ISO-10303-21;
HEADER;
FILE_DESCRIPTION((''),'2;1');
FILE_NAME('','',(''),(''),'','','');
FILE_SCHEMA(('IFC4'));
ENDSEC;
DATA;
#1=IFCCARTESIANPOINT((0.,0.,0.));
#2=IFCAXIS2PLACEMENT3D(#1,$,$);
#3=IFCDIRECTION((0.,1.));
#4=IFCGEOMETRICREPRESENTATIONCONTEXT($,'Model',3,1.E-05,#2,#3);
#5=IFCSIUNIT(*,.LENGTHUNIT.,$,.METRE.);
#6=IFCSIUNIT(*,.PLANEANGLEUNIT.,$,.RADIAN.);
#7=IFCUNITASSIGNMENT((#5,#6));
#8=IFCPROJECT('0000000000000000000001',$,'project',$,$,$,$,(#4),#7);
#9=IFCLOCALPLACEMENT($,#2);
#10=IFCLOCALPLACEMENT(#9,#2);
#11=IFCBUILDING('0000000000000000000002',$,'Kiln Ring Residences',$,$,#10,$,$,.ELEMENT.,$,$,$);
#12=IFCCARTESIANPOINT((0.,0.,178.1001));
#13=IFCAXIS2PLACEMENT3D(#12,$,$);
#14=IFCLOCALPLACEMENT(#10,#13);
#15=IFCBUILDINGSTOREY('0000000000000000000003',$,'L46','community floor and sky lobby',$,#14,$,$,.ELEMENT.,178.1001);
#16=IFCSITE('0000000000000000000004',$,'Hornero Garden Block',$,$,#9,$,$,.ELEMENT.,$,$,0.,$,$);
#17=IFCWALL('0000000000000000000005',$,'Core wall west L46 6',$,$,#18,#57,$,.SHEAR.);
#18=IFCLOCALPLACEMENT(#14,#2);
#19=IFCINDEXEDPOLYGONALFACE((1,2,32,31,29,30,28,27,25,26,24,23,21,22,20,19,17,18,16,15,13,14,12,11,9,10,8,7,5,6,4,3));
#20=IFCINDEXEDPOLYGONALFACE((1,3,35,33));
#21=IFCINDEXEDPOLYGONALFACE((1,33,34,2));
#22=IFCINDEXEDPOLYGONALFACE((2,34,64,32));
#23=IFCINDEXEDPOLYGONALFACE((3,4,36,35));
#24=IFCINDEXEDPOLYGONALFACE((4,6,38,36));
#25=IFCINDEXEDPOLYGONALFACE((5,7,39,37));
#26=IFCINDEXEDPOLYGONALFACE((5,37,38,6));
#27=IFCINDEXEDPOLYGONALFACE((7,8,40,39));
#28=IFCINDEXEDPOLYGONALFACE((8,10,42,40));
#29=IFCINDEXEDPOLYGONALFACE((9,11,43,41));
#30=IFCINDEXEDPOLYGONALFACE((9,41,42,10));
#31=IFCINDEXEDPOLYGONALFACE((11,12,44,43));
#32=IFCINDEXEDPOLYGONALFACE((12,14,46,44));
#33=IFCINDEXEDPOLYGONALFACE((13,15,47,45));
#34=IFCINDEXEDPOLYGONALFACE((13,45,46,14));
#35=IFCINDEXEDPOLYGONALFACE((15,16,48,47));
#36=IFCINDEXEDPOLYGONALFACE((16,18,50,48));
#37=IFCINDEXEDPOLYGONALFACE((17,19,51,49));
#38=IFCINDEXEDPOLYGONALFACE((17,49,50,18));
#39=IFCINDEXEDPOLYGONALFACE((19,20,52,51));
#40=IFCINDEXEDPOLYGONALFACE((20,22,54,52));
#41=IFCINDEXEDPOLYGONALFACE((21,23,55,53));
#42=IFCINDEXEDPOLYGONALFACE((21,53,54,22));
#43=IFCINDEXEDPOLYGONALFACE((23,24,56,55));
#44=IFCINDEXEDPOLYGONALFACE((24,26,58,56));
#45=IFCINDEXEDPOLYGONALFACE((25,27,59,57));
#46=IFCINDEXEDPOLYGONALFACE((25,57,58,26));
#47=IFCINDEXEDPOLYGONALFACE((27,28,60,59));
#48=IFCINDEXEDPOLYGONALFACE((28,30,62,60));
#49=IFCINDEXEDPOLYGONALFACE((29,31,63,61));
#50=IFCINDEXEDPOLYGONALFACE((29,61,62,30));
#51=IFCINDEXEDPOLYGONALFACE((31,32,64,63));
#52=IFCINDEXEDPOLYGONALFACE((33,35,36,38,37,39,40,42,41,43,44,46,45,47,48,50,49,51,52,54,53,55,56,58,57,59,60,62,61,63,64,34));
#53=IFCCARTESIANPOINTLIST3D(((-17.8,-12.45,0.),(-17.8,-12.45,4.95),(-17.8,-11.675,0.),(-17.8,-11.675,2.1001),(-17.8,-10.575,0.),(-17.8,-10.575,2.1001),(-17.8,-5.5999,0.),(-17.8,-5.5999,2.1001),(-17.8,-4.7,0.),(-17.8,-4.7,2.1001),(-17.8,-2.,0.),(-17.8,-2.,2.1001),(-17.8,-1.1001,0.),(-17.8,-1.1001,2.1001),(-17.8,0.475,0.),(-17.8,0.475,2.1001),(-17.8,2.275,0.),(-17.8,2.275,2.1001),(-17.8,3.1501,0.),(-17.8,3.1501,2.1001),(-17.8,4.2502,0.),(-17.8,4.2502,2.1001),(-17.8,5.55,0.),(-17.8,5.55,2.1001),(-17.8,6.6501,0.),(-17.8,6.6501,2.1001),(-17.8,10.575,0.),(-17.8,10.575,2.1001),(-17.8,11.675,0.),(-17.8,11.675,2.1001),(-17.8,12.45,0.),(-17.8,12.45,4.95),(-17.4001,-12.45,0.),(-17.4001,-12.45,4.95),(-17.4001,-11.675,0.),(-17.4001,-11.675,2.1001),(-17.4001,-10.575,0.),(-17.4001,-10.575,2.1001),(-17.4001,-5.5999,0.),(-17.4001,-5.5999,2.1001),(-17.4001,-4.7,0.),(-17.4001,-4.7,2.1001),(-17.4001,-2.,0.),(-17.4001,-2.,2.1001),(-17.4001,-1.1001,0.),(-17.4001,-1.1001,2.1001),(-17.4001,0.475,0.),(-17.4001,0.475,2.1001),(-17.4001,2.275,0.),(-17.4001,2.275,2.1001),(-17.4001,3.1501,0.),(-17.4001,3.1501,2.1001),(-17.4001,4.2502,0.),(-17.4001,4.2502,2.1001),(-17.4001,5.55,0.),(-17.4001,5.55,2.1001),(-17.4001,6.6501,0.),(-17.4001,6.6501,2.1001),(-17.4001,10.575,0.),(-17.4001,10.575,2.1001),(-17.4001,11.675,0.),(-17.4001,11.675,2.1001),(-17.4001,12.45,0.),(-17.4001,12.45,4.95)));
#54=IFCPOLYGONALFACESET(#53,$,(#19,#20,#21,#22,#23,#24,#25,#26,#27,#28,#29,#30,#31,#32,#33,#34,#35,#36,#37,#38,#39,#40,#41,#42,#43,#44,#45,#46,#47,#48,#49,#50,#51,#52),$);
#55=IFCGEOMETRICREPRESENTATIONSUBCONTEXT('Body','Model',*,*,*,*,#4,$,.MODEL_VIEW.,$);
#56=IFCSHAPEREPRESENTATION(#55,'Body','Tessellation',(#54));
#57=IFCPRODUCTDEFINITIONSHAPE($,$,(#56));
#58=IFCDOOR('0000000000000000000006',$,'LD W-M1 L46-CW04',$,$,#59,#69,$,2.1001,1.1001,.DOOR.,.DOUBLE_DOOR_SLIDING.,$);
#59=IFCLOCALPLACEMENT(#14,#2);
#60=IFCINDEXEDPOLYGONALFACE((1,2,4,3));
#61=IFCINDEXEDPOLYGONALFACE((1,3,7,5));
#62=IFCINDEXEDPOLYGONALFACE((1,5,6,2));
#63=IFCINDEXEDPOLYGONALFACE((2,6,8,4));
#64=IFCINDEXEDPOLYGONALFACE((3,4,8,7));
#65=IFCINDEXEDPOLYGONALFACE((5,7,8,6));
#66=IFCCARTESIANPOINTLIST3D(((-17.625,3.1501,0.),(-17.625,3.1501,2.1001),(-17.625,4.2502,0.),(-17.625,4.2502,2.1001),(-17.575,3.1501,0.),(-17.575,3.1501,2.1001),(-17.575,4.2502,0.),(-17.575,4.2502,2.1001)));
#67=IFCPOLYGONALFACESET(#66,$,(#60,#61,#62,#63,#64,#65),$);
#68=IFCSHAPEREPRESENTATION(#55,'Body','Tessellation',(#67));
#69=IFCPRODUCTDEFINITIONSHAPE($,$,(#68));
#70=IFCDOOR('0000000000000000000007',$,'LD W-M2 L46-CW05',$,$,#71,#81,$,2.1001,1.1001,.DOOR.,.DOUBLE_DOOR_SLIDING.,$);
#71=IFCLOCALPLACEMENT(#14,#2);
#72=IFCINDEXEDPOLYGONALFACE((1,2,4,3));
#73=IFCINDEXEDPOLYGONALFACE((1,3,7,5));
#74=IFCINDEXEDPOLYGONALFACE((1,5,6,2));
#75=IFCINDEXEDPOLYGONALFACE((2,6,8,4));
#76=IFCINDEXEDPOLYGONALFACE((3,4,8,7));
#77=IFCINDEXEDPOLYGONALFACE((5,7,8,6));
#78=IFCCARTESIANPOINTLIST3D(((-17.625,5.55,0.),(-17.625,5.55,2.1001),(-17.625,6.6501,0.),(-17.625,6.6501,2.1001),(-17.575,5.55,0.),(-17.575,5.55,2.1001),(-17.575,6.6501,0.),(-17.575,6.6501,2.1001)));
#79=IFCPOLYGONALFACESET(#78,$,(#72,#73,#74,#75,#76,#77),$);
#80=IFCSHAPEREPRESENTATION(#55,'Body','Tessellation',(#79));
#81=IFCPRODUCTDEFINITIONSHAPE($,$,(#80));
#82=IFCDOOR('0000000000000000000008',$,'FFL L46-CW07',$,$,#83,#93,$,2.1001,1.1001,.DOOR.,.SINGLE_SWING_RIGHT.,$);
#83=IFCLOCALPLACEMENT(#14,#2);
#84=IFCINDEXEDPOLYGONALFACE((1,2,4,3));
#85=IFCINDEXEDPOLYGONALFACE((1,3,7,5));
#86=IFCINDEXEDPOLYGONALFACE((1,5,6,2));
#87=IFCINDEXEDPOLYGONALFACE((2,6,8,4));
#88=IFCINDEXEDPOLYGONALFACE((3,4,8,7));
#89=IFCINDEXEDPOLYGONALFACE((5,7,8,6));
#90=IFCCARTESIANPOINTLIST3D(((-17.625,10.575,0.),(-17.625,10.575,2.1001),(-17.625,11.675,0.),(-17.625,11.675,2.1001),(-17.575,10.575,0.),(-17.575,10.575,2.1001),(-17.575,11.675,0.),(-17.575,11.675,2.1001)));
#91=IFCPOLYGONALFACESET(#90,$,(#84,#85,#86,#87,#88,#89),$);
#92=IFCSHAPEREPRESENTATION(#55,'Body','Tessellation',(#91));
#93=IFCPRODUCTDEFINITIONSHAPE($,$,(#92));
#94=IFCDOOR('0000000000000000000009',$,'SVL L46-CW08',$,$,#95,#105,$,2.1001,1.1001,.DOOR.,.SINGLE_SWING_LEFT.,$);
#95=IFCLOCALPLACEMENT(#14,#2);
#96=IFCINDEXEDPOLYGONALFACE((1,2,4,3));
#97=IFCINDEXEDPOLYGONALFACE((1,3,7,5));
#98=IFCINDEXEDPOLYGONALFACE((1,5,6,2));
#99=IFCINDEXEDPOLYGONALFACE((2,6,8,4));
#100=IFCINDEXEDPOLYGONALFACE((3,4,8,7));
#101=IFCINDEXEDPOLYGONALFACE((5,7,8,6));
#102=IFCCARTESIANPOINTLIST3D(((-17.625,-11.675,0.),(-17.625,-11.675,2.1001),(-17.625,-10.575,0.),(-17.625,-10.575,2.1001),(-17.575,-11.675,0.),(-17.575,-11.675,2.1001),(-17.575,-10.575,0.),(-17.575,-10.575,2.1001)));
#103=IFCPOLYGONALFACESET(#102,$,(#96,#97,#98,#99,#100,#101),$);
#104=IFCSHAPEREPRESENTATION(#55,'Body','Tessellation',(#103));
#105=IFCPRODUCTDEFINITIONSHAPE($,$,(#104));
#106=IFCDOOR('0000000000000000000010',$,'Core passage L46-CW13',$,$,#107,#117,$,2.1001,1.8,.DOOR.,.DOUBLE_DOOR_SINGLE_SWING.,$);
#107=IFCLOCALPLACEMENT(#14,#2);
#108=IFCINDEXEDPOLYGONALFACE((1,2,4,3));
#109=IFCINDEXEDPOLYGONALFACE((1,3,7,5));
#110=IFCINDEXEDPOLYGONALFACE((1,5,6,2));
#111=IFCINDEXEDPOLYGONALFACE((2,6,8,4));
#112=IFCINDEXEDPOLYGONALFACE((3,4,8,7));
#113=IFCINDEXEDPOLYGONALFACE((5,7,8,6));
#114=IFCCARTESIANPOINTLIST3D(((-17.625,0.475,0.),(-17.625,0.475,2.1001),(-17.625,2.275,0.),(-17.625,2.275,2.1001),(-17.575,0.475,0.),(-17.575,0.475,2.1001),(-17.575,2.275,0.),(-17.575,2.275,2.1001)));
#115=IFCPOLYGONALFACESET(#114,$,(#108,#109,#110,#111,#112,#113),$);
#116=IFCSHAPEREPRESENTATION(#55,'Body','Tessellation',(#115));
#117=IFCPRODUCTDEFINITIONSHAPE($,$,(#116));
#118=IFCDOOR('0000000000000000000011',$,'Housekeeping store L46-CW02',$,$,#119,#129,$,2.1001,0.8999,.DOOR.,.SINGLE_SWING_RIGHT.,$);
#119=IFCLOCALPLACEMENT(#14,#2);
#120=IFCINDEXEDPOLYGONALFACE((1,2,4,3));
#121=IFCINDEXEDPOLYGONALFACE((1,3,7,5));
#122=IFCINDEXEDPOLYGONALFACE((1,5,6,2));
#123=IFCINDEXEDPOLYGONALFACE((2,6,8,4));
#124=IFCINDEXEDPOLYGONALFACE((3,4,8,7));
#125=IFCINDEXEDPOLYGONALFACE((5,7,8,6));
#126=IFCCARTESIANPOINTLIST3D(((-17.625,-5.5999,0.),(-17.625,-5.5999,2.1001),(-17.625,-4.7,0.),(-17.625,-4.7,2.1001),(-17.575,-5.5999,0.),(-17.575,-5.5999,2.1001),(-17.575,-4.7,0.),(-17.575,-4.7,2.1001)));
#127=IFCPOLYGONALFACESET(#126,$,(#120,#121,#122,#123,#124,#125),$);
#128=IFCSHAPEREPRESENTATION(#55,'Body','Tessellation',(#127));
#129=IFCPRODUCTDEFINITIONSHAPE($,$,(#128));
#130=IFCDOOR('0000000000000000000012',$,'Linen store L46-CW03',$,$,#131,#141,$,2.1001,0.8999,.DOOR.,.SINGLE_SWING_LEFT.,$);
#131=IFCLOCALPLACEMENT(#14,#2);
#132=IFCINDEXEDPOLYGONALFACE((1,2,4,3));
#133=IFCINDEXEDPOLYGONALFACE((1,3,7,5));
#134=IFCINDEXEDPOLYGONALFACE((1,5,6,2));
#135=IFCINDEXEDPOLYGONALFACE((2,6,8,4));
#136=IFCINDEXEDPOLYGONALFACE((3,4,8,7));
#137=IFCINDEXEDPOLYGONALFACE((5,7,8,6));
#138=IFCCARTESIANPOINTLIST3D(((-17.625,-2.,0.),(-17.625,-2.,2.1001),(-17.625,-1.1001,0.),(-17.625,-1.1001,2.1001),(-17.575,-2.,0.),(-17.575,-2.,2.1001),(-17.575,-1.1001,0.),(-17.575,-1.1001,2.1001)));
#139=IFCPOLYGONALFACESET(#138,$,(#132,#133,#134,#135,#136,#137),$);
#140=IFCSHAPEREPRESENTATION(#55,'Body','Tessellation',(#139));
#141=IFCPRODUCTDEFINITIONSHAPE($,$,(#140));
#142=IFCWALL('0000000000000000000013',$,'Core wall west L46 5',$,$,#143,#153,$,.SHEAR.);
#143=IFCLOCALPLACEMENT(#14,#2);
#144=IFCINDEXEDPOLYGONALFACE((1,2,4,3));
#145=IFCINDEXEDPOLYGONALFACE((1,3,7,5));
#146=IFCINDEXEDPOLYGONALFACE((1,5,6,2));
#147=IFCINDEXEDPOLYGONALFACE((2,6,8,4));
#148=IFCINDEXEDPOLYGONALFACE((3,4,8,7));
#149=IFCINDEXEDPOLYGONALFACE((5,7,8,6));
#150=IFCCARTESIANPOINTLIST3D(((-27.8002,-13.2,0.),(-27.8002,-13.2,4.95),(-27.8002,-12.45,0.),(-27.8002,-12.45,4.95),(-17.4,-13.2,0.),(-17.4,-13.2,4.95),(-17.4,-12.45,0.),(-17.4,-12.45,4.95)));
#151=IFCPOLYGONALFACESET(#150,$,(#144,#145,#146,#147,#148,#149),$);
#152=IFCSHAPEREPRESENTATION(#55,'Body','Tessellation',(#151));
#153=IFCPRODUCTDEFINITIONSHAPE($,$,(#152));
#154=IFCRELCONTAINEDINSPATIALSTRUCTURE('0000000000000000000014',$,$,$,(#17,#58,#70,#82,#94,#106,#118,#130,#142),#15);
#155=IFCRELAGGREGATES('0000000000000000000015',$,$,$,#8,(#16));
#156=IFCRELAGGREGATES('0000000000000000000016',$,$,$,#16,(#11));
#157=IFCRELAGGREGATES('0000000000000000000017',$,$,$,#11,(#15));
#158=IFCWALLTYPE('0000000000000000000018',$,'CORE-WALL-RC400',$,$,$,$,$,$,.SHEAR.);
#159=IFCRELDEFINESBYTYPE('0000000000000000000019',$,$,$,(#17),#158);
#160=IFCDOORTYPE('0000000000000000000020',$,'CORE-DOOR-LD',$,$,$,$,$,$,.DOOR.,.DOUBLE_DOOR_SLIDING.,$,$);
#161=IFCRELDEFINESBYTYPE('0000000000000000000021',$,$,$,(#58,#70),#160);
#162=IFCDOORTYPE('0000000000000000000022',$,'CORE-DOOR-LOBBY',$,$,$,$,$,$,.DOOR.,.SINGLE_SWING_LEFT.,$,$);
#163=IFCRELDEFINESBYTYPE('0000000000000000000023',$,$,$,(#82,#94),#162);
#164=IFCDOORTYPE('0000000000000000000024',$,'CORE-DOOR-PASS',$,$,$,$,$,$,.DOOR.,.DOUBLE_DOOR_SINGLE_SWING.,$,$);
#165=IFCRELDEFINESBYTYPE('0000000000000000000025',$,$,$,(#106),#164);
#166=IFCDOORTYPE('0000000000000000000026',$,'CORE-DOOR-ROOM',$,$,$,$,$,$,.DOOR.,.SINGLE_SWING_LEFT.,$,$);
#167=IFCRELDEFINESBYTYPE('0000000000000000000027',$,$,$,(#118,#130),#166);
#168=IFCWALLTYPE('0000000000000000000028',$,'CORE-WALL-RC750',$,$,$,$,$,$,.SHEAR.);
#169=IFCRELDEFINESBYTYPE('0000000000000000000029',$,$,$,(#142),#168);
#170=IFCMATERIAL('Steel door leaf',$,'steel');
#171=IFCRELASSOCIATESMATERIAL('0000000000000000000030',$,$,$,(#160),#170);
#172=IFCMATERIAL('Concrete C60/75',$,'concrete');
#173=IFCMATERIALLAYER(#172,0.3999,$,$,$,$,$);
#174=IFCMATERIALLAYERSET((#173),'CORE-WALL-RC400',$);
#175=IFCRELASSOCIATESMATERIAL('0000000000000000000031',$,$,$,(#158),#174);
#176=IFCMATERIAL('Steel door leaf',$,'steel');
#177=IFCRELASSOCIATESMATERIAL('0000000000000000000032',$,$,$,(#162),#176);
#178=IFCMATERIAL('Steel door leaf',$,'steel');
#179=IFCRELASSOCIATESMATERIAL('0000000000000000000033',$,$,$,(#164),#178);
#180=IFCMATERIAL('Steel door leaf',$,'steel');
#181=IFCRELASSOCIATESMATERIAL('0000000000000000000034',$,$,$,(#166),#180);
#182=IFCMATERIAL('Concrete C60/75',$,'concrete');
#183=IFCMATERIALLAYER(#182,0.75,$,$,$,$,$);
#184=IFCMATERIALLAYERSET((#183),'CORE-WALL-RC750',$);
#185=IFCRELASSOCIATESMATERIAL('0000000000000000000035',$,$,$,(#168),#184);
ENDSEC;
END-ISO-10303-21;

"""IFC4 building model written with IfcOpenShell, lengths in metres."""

from ifc_helpers import new_model, si_unit, direction, frame, frame_2d, origin, place, context, subcontext, project, spatial, rectangle, extrude, material, layer, layer_set, type_object, element, fill, save


model = new_model("IFC4")

# Units and contexts
model_context = context("Model", 3, precision=1e-05, world=origin(), true_north=direction((0.0, 1.0)))
body_context = subcontext(model_context, "Body", "Model", "MODEL_VIEW")
ifc_project = project(units=[si_unit("LENGTHUNIT", "METRE"), si_unit("PLANEANGLEUNIT", "RADIAN")], contexts=[model_context])

# Site, building, storey
site_placement = place(None, origin())
site = spatial("IfcSite", under=ifc_project, at=site_placement, Name="Hornero Garden Block", CompositionType="ELEMENT", RefElevation=0.0)
building_placement = place(site_placement, origin())
building = spatial("IfcBuilding", under=site, at=building_placement, Name="Kiln Ring Residences", CompositionType="ELEMENT")
storey_placement = place(building_placement, frame((0.0, 0.0, 178.1001)))
storey = spatial("IfcBuildingStorey", under=building, at=storey_placement, Name="L46", Description="community floor and sky lobby", CompositionType="ELEMENT", Elevation=178.1001)

# Wall, openings, doors
ifc_material_1 = material(Name="Steel door leaf", Category="steel")
door_type_1 = type_object("IfcDoorType", Name="CORE-DOOR-LD", OperationType="DOUBLE_DOOR_SLIDING", PredefinedType="DOOR", material=ifc_material_1)
ifc_material_2 = material(Name="Concrete C60/75", Category="concrete")
ifc_layer_1 = layer(ifc_material_2, 0.3999)
ifc_layer_set_1 = layer_set([ifc_layer_1], Name="CORE-WALL-RC400")
wall_type_1 = type_object("IfcWallType", Name="CORE-WALL-RC400", PredefinedType="SHEAR", material=ifc_layer_set_1)
wall_1_placement = place(storey_placement, frame((-17.6001, -12.45, 0.0), z_axis=(0.0, 0.0, 1.0), x_axis=(0.0, 1.0, 0.0)))
wall_1 = element("IfcWall", 1, at=wall_1_placement, inside=storey, type_object=wall_type_1, Name="Core wall west L46 6", PredefinedType="SHEAR", context=body_context, shape_type="SweptSolid", body=[
    extrude(rectangle(XDim=24.8999, YDim=0.3999, at=frame_2d((12.45, 0.0))), origin(), (0.0, 0.0, 1.0), 4.95),
])
opening_1_placement = place(wall_1_placement, frame((6.8501, 0.0, 0.0)))
opening_1 = element("IfcOpeningElement", 2, at=opening_1_placement, cuts=wall_1, PredefinedType="OPENING", context=body_context, shape_type="SweptSolid", body=[
    extrude(rectangle(XDim=0.8999, YDim=2.1001, at=frame_2d((0.45, 1.05))), frame((0.0, 0.21, 0.0), z_axis=(0.0, -1.0, 0.0), x_axis=(1.0, 0.0, 0.0)), (0.0, 0.0, 1.0), 0.4199),
])
opening_2_placement = place(wall_1_placement, frame((10.45, 0.0, 0.0)))
opening_2 = element("IfcOpeningElement", 3, at=opening_2_placement, cuts=wall_1, PredefinedType="OPENING", context=body_context, shape_type="SweptSolid", body=[
    extrude(rectangle(XDim=0.8999, YDim=2.1001, at=frame_2d((0.45, 1.05))), frame((0.0, 0.21, 0.0), z_axis=(0.0, -1.0, 0.0), x_axis=(1.0, 0.0, 0.0)), (0.0, 0.0, 1.0), 0.4199),
])
opening_3_placement = place(wall_1_placement, frame((15.6001, 0.0, 0.0)))
opening_3 = element("IfcOpeningElement", 4, at=opening_3_placement, cuts=wall_1, PredefinedType="OPENING", context=body_context, shape_type="SweptSolid", body=[
    extrude(rectangle(XDim=1.1001, YDim=2.1001, at=frame_2d((0.55, 1.05))), frame((0.0, 0.21, 0.0), z_axis=(0.0, -1.0, 0.0), x_axis=(1.0, 0.0, 0.0)), (0.0, 0.0, 1.0), 0.4199),
])
opening_4_placement = place(wall_1_placement, frame((18.0, 0.0, 0.0)))
opening_4 = element("IfcOpeningElement", 5, at=opening_4_placement, cuts=wall_1, PredefinedType="OPENING", context=body_context, shape_type="SweptSolid", body=[
    extrude(rectangle(XDim=1.1001, YDim=2.1001, at=frame_2d((0.55, 1.05))), frame((0.0, 0.21, 0.0), z_axis=(0.0, -1.0, 0.0), x_axis=(1.0, 0.0, 0.0)), (0.0, 0.0, 1.0), 0.4199),
])
opening_5_placement = place(wall_1_placement, frame((23.0249, 0.0, 0.0)))
opening_5 = element("IfcOpeningElement", 6, at=opening_5_placement, cuts=wall_1, PredefinedType="OPENING", context=body_context, shape_type="SweptSolid", body=[
    extrude(rectangle(XDim=1.1001, YDim=2.1001, at=frame_2d((0.55, 1.05))), frame((0.0, 0.21, 0.0), z_axis=(0.0, -1.0, 0.0), x_axis=(1.0, 0.0, 0.0)), (0.0, 0.0, 1.0), 0.4199),
])
opening_6_placement = place(wall_1_placement, frame((0.7749, 0.0, 0.0)))
opening_6 = element("IfcOpeningElement", 7, at=opening_6_placement, cuts=wall_1, PredefinedType="OPENING", context=body_context, shape_type="SweptSolid", body=[
    extrude(rectangle(XDim=1.1001, YDim=2.1001, at=frame_2d((0.55, 1.05))), frame((0.0, 0.21, 0.0), z_axis=(0.0, -1.0, 0.0), x_axis=(1.0, 0.0, 0.0)), (0.0, 0.0, 1.0), 0.4199),
])
opening_7_placement = place(wall_1_placement, frame((12.925, 0.0, 0.0)))
opening_7 = element("IfcOpeningElement", 8, at=opening_7_placement, cuts=wall_1, PredefinedType="OPENING", context=body_context, shape_type="SweptSolid", body=[
    extrude(rectangle(XDim=1.8, YDim=2.1001, at=frame_2d((0.8999, 1.05))), frame((0.0, 0.21, 0.0), z_axis=(0.0, -1.0, 0.0), x_axis=(1.0, 0.0, 0.0)), (0.0, 0.0, 1.0), 0.4199),
])
door_1_placement = place(opening_3_placement, origin())
door_1 = element("IfcDoor", 9, at=door_1_placement, inside=storey, type_object=door_type_1, Name="LD W-M1 L46-CW04", OperationType="DOUBLE_DOOR_SLIDING", OverallHeight=2.1001, OverallWidth=1.1001, PredefinedType="DOOR", context=body_context, shape_type="SweptSolid", body=[
    extrude(rectangle(XDim=1.1001, YDim=2.1001, at=frame_2d((0.55, 1.05))), frame((0.0, 0.0249, 0.0), z_axis=(0.0, -1.0, 0.0), x_axis=(1.0, 0.0, 0.0)), (0.0, 0.0, 1.0), 0.05),
])
fill(opening_3, door_1)
door_2_placement = place(opening_4_placement, origin())
door_2 = element("IfcDoor", 10, at=door_2_placement, inside=storey, type_object=door_type_1, Name="LD W-M2 L46-CW05", OperationType="DOUBLE_DOOR_SLIDING", OverallHeight=2.1001, OverallWidth=1.1001, PredefinedType="DOOR", context=body_context, shape_type="SweptSolid", body=[
    extrude(rectangle(XDim=1.1001, YDim=2.1001, at=frame_2d((0.55, 1.05))), frame((0.0, 0.0249, 0.0), z_axis=(0.0, -1.0, 0.0), x_axis=(1.0, 0.0, 0.0)), (0.0, 0.0, 1.0), 0.05),
])
fill(opening_4, door_2)
ifc_material_3 = material(Name="Steel door leaf", Category="steel")
door_type_2 = type_object("IfcDoorType", Name="CORE-DOOR-LOBBY", OperationType="SINGLE_SWING_LEFT", PredefinedType="DOOR", material=ifc_material_3)
door_3_placement = place(opening_5_placement, origin())
door_3 = element("IfcDoor", 11, at=door_3_placement, inside=storey, type_object=door_type_2, Name="FFL L46-CW07", OperationType="SINGLE_SWING_RIGHT", OverallHeight=2.1001, OverallWidth=1.1001, PredefinedType="DOOR", context=body_context, shape_type="SweptSolid", body=[
    extrude(rectangle(XDim=1.1001, YDim=2.1001, at=frame_2d((0.55, 1.05))), frame((0.0, 0.0249, 0.0), z_axis=(0.0, -1.0, 0.0), x_axis=(1.0, 0.0, 0.0)), (0.0, 0.0, 1.0), 0.05),
])
fill(opening_5, door_3)
door_4_placement = place(opening_6_placement, origin())
door_4 = element("IfcDoor", 12, at=door_4_placement, inside=storey, type_object=door_type_2, Name="SVL L46-CW08", OperationType="SINGLE_SWING_LEFT", OverallHeight=2.1001, OverallWidth=1.1001, PredefinedType="DOOR", context=body_context, shape_type="SweptSolid", body=[
    extrude(rectangle(XDim=1.1001, YDim=2.1001, at=frame_2d((0.55, 1.05))), frame((0.0, 0.0249, 0.0), z_axis=(0.0, -1.0, 0.0), x_axis=(1.0, 0.0, 0.0)), (0.0, 0.0, 1.0), 0.05),
])
fill(opening_6, door_4)
ifc_material_4 = material(Name="Steel door leaf", Category="steel")
door_type_3 = type_object("IfcDoorType", Name="CORE-DOOR-PASS", OperationType="DOUBLE_DOOR_SINGLE_SWING", PredefinedType="DOOR", material=ifc_material_4)
door_5_placement = place(opening_7_placement, origin())
door_5 = element("IfcDoor", 13, at=door_5_placement, inside=storey, type_object=door_type_3, Name="Core passage L46-CW13", OperationType="DOUBLE_DOOR_SINGLE_SWING", OverallHeight=2.1001, OverallWidth=1.8, PredefinedType="DOOR", context=body_context, shape_type="SweptSolid", body=[
    extrude(rectangle(XDim=1.8, YDim=2.1001, at=frame_2d((0.8999, 1.05))), frame((0.0, 0.0249, 0.0), z_axis=(0.0, -1.0, 0.0), x_axis=(1.0, 0.0, 0.0)), (0.0, 0.0, 1.0), 0.05),
])
fill(opening_7, door_5)
ifc_material_5 = material(Name="Steel door leaf", Category="steel")
door_type_4 = type_object("IfcDoorType", Name="CORE-DOOR-ROOM", OperationType="SINGLE_SWING_LEFT", PredefinedType="DOOR", material=ifc_material_5)
door_6_placement = place(opening_1_placement, origin())
door_6 = element("IfcDoor", 14, at=door_6_placement, inside=storey, type_object=door_type_4, Name="Housekeeping store L46-CW02", OperationType="SINGLE_SWING_RIGHT", OverallHeight=2.1001, OverallWidth=0.8999, PredefinedType="DOOR", context=body_context, shape_type="SweptSolid", body=[
    extrude(rectangle(XDim=0.8999, YDim=2.1001, at=frame_2d((0.45, 1.05))), frame((0.0, 0.0249, 0.0), z_axis=(0.0, -1.0, 0.0), x_axis=(1.0, 0.0, 0.0)), (0.0, 0.0, 1.0), 0.05),
])
fill(opening_1, door_6)
door_7_placement = place(opening_2_placement, origin())
door_7 = element("IfcDoor", 15, at=door_7_placement, inside=storey, type_object=door_type_4, Name="Linen store L46-CW03", OperationType="SINGLE_SWING_LEFT", OverallHeight=2.1001, OverallWidth=0.8999, PredefinedType="DOOR", context=body_context, shape_type="SweptSolid", body=[
    extrude(rectangle(XDim=0.8999, YDim=2.1001, at=frame_2d((0.45, 1.05))), frame((0.0, 0.0249, 0.0), z_axis=(0.0, -1.0, 0.0), x_axis=(1.0, 0.0, 0.0)), (0.0, 0.0, 1.0), 0.05),
])
fill(opening_2, door_7)

# Wall
ifc_material_6 = material(Name="Concrete C60/75", Category="concrete")
ifc_layer_2 = layer(ifc_material_6, 0.75)
ifc_layer_set_2 = layer_set([ifc_layer_2], Name="CORE-WALL-RC750")
wall_type_2 = type_object("IfcWallType", Name="CORE-WALL-RC750", PredefinedType="SHEAR", material=ifc_layer_set_2)
wall_2_placement = place(storey_placement, frame((-17.3999, -12.825, 0.0), z_axis=(0.0, 0.0, 1.0), x_axis=(-1.0, 0.0, 0.0)))
element("IfcWall", 16, at=wall_2_placement, inside=storey, type_object=wall_type_2, Name="Core wall west L46 5", PredefinedType="SHEAR", context=body_context, shape_type="SweptSolid", body=[
    extrude(rectangle(XDim=10.4001, YDim=0.75, at=frame_2d((5.2002, 0.0))), origin(), (0.0, 0.0, 1.0), 4.95),
])

save(model, "model.ifc")
